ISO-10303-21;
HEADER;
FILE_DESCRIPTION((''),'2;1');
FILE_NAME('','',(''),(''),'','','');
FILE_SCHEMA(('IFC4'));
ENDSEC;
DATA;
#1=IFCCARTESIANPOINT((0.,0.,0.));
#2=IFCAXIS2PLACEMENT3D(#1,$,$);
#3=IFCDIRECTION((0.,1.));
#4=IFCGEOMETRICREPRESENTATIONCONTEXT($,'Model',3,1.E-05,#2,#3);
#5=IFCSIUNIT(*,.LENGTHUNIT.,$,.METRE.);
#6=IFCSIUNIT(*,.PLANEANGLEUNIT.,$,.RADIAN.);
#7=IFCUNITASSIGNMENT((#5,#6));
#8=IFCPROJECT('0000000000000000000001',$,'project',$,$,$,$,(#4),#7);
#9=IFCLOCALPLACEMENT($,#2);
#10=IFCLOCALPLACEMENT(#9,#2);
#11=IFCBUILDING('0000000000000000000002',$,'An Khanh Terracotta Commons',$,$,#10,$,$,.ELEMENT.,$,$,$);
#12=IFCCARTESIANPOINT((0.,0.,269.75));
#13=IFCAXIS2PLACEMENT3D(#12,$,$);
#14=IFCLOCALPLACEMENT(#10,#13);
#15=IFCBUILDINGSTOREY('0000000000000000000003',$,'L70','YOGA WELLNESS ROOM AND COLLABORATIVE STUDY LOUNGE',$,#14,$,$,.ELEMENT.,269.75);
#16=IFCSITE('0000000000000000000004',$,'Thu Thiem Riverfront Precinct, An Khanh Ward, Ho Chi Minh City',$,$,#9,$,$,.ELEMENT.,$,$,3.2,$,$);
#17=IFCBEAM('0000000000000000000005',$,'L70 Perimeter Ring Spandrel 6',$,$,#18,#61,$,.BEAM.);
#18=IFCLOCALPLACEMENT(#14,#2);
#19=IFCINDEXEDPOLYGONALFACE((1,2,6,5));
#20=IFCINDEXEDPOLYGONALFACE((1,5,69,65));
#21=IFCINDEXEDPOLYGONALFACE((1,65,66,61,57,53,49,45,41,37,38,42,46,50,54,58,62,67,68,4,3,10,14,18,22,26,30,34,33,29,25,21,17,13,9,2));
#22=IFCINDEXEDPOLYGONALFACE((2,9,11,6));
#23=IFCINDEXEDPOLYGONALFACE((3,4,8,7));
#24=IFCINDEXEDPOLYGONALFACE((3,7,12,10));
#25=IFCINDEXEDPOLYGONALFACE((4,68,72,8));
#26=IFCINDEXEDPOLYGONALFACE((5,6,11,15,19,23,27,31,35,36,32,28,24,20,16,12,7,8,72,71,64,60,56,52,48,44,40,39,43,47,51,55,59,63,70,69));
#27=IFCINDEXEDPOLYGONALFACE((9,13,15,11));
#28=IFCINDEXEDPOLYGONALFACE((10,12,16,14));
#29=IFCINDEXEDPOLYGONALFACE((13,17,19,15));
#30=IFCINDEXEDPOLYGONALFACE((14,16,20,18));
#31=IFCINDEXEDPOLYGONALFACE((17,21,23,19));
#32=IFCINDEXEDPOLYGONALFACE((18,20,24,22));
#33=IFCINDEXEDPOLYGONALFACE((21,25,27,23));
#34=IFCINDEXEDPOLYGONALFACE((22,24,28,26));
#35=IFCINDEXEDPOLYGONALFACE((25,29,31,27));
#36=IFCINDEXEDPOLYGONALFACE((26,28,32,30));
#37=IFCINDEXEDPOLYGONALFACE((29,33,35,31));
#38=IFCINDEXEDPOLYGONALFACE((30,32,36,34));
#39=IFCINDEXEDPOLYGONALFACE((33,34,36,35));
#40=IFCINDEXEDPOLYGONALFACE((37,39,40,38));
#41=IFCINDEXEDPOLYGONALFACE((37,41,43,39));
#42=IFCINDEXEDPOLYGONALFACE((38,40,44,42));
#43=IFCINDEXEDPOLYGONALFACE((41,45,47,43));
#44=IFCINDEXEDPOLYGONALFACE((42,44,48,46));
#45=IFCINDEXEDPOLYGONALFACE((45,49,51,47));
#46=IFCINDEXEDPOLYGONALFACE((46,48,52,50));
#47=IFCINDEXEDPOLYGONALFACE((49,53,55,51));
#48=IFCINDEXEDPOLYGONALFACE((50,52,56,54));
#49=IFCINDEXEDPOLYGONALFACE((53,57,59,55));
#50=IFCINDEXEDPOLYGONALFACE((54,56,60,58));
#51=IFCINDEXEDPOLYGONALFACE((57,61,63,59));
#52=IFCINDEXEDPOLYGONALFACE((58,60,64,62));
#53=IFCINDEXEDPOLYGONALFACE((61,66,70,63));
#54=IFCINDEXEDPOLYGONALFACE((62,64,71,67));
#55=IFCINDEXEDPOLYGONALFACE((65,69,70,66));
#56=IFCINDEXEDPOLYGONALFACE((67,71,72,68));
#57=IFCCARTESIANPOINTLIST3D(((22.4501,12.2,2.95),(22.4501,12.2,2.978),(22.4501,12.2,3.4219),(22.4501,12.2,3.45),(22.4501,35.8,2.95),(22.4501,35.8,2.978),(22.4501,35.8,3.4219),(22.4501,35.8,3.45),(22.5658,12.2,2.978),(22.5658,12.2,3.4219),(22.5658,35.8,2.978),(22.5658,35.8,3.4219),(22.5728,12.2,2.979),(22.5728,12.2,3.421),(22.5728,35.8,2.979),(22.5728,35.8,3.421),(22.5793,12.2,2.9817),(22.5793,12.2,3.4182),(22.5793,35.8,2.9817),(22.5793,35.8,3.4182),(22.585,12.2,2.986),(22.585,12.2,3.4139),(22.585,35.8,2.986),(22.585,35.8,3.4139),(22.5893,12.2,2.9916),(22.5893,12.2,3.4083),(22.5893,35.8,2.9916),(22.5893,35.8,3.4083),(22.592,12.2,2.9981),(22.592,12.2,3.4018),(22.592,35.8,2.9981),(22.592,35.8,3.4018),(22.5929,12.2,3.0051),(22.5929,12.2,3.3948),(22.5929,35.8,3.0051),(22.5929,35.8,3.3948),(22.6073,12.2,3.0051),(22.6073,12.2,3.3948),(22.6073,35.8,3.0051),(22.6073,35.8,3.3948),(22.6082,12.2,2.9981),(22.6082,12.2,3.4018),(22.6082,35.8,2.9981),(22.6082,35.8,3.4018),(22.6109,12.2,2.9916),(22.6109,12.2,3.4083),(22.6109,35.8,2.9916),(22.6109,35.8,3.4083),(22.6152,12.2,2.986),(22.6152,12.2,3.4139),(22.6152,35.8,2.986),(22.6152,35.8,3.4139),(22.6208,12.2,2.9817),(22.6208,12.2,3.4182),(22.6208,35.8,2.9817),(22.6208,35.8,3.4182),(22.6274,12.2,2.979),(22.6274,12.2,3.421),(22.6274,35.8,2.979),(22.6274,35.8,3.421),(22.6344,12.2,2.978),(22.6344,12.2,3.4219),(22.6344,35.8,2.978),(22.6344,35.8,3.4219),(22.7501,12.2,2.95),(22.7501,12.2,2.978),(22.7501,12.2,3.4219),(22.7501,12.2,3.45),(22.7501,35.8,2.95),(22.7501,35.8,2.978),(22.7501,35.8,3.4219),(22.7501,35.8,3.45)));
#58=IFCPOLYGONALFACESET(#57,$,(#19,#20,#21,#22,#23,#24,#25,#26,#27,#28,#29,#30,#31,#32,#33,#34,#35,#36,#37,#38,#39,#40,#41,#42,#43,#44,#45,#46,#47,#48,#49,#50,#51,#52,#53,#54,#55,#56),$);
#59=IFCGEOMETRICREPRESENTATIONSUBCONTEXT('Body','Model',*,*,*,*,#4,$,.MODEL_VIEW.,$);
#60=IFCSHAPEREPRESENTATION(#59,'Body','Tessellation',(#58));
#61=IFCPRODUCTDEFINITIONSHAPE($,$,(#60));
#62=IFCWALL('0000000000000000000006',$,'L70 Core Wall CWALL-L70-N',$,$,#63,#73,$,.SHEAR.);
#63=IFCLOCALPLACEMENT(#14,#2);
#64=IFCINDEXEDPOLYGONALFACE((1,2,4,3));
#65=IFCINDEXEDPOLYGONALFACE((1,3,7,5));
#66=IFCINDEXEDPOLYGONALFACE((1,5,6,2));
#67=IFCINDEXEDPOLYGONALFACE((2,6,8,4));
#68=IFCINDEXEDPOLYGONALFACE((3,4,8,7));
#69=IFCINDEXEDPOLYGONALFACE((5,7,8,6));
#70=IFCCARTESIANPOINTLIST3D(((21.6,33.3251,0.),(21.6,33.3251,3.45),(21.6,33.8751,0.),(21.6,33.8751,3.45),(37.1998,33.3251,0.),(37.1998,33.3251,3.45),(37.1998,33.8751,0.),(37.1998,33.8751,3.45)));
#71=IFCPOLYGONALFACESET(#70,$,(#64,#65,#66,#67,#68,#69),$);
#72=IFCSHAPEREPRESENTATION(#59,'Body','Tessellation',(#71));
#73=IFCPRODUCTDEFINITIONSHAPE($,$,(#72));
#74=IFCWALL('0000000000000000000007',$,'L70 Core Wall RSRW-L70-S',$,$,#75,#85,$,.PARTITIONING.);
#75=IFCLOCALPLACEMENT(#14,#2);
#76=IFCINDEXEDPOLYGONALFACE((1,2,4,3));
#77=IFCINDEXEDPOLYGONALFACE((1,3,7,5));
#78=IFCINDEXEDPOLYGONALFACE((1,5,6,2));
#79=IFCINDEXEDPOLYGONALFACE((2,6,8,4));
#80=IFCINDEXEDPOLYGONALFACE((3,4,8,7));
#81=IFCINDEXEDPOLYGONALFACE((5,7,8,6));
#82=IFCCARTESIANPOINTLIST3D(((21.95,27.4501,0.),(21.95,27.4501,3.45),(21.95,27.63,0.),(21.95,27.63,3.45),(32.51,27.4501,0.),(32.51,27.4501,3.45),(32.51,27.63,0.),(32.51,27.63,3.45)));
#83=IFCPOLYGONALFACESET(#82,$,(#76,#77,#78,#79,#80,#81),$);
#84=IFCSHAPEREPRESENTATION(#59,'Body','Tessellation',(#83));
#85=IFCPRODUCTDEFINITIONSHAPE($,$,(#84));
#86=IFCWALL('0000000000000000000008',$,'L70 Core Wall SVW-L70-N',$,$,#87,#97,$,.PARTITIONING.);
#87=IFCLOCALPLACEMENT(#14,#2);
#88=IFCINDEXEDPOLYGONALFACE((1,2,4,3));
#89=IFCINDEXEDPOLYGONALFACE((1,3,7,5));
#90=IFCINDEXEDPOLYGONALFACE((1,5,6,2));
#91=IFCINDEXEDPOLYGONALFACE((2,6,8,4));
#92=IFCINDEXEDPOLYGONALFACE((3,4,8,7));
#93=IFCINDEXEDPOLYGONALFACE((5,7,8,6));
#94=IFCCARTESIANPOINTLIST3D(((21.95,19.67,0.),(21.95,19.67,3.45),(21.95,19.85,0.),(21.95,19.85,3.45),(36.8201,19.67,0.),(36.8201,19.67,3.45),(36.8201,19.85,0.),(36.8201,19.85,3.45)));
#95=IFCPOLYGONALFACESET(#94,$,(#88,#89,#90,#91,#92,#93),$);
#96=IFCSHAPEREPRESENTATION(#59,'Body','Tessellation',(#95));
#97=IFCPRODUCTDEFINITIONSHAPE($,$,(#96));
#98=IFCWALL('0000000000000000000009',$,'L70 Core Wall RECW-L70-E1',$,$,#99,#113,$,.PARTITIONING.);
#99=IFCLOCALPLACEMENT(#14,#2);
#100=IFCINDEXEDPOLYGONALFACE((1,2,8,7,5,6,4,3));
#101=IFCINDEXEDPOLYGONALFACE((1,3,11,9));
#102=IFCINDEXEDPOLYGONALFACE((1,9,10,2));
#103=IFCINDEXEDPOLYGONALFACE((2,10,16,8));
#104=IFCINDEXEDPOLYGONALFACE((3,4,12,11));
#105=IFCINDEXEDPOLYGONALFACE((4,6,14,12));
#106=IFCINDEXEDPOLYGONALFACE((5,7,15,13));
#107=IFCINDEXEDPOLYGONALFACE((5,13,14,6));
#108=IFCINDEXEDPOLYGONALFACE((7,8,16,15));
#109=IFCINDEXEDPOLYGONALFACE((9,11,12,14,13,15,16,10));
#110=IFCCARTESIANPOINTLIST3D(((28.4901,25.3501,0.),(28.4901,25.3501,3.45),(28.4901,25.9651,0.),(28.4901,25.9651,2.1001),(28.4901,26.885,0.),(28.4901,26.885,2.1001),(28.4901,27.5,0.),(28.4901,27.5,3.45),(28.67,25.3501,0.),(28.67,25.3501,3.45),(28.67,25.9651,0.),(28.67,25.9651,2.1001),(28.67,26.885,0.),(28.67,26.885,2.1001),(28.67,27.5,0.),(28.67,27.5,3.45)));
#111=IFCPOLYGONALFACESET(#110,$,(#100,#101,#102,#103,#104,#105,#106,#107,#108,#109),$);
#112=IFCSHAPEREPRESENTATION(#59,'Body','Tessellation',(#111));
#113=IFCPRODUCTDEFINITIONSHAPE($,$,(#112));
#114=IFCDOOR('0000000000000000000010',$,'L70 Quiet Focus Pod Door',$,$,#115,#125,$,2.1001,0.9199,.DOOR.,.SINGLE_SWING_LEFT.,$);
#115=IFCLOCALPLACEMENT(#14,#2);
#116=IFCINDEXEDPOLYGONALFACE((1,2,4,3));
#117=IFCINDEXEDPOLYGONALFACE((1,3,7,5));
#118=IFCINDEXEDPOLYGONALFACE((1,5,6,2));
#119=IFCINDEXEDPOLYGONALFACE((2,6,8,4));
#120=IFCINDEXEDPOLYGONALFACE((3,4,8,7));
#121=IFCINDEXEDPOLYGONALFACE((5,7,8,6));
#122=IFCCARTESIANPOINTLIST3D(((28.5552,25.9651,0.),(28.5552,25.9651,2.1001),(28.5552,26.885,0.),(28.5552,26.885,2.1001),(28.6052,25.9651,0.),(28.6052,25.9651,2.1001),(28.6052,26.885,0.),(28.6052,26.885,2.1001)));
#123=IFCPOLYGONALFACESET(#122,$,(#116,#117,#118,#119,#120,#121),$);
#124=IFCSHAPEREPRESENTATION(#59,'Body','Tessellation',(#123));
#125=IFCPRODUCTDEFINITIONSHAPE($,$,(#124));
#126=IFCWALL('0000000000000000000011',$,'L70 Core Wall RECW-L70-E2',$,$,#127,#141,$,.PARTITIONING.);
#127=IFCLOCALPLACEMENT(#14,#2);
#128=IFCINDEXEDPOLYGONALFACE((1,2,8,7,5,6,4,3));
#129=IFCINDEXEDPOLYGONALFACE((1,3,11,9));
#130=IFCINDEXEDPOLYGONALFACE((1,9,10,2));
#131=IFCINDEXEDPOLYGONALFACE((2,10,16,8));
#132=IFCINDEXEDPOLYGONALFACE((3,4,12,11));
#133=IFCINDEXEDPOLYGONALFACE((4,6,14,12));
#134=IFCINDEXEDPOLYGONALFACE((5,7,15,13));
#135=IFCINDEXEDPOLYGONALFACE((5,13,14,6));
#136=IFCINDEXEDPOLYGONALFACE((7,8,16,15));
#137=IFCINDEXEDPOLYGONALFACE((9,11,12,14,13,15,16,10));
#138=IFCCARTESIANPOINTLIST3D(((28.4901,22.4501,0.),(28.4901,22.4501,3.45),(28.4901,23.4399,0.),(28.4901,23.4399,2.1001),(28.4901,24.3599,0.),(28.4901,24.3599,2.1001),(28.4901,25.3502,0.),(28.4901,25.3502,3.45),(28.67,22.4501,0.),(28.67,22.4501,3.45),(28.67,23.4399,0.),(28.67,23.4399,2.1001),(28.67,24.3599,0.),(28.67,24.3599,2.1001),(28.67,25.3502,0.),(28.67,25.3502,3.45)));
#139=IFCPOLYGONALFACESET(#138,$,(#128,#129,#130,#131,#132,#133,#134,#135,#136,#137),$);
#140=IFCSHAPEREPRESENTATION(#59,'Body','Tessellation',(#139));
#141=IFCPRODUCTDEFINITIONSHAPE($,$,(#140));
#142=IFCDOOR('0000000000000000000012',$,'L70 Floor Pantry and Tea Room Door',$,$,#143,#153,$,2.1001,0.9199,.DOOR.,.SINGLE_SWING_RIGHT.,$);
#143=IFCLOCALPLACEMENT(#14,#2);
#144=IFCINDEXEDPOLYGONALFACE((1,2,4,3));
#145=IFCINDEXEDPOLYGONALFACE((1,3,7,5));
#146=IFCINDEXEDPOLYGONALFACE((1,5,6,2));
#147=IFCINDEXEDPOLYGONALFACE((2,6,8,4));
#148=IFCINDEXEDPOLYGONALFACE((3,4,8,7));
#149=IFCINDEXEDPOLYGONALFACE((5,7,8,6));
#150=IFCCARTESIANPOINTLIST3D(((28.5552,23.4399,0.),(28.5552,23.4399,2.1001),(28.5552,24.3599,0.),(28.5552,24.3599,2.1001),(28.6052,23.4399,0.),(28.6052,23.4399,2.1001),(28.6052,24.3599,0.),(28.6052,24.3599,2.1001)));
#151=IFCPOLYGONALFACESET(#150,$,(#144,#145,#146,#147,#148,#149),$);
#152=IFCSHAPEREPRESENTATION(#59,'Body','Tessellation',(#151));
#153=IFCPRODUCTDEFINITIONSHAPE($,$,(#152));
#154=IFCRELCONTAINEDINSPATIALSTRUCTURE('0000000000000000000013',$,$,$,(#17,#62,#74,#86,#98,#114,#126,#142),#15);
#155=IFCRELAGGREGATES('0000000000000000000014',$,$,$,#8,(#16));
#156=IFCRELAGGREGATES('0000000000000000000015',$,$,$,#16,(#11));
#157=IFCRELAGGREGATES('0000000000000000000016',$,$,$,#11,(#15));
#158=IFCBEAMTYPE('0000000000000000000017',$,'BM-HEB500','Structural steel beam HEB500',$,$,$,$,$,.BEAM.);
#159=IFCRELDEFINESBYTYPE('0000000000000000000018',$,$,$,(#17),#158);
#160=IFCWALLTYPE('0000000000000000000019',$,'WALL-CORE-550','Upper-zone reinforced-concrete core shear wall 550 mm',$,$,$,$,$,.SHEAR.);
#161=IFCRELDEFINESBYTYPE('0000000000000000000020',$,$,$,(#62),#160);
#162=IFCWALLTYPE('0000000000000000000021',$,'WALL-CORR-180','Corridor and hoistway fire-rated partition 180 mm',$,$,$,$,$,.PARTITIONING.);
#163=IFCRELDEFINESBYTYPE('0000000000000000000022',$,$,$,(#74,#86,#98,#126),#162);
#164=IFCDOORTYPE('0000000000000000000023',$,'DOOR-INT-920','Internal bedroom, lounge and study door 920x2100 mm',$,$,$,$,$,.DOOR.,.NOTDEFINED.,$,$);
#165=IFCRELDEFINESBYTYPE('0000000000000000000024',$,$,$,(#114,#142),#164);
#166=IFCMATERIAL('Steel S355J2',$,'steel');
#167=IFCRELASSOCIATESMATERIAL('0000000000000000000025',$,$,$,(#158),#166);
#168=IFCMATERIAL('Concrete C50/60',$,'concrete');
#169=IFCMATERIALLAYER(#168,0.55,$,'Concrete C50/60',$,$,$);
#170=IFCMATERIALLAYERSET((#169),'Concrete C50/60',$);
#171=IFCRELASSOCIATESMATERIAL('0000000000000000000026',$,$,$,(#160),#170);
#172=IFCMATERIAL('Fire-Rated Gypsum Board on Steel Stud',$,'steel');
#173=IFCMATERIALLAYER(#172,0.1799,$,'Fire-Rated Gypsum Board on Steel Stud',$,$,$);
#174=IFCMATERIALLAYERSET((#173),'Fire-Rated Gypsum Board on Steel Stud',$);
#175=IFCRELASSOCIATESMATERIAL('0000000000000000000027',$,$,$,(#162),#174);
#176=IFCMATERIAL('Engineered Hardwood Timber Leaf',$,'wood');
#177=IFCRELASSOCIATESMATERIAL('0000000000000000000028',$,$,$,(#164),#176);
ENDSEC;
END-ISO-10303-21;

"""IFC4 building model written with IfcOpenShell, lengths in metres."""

from ifc_helpers import new_model, si_unit, direction, frame, frame_2d, origin, origin_2d, place, context, subcontext, project, spatial, rectangle, i_section, extrude, material, layer, layer_set, material_profile, profile_set, type_object, element, fill, save


model = new_model("IFC4")

# Units and contexts
model_context = context("Model", 3, precision=1e-05, world=origin(), true_north=direction((0.0, 1.0)))
body_context = subcontext(model_context, "Body", "Model", "MODEL_VIEW")
ifc_project = project(units=[si_unit("LENGTHUNIT", "METRE"), si_unit("PLANEANGLEUNIT", "RADIAN")], contexts=[model_context])

# Site, building, storey
site_placement = place(None, origin())
site = spatial("IfcSite", under=ifc_project, at=site_placement, Name="Thu Thiem Riverfront Precinct, An Khanh Ward, Ho Chi Minh City", CompositionType="ELEMENT", RefElevation=3.2)
building_placement = place(site_placement, origin())
building = spatial("IfcBuilding", under=site, at=building_placement, Name="An Khanh Terracotta Commons", CompositionType="ELEMENT")
storey_placement = place(building_placement, frame((0.0, 0.0, 269.75)))
storey = spatial("IfcBuildingStorey", under=building, at=storey_placement, Name="L70", Description="YOGA WELLNESS ROOM AND COLLABORATIVE STUDY LOUNGE", CompositionType="ELEMENT", Elevation=269.75)

# Shared definitions
ifc_material_1 = material(Name="Concrete C50/60", Category="concrete")

# Beam
ifc_material_2 = material(Name="Steel S355J2", Category="steel")
ifc_material_profile_1 = material_profile(ifc_material_2, i_section(OverallWidth=0.3, OverallDepth=0.5, WebThickness=0.0144, FlangeThickness=0.0281, FilletRadius=0.0271, at=origin_2d()), Name="HEB500")
ifc_profile_set_1 = profile_set([ifc_material_profile_1], Name="Steel S355J2")
beam_type_1 = type_object("IfcBeamType", Name="BM-HEB500", Description="Structural steel beam HEB500", PredefinedType="BEAM", material=ifc_profile_set_1)
beam_1_placement = place(storey_placement, frame((22.6001, 35.8, 3.2), z_axis=(0.0, -1.0, 0.0), x_axis=(1.0, 0.0, 0.0)))
element("IfcBeam", 1, at=beam_1_placement, inside=storey, type_object=beam_type_1, Name="L70 Perimeter Ring Spandrel 6", PredefinedType="BEAM", context=body_context, shape_type="SweptSolid", body=[
    extrude(i_section(OverallWidth=0.3, OverallDepth=0.5, WebThickness=0.0144, FlangeThickness=0.0281, FilletRadius=0.0271, at=origin_2d()), origin(), (0.0, 0.0, 1.0), 23.6001),
])

# Walls
ifc_layer_1 = layer(ifc_material_1, 0.55, Name="Concrete C50/60")
ifc_layer_set_1 = layer_set([ifc_layer_1], Name="Concrete C50/60")
wall_type_1 = type_object("IfcWallType", Name="WALL-CORE-550", Description="Upper-zone reinforced-concrete core shear wall 550 mm", PredefinedType="SHEAR", material=ifc_layer_set_1)
wall_1_placement = place(storey_placement, frame((21.6001, 33.6001, 0.0), z_axis=(0.0, 0.0, 1.0), x_axis=(1.0, 0.0, 0.0)))
element("IfcWall", 2, at=wall_1_placement, inside=storey, type_object=wall_type_1, Name="L70 Core Wall CWALL-L70-N", PredefinedType="SHEAR", context=body_context, shape_type="SweptSolid", body=[
    extrude(rectangle(XDim=15.5999, YDim=0.55, at=frame_2d((7.7998, 0.0))), origin(), (0.0, 0.0, 1.0), 3.45),
])
ifc_material_3 = material(Name="Fire-Rated Gypsum Board on Steel Stud", Category="steel")
ifc_layer_2 = layer(ifc_material_3, 0.1799, Name="Fire-Rated Gypsum Board on Steel Stud")
ifc_layer_set_2 = layer_set([ifc_layer_2], Name="Fire-Rated Gypsum Board on Steel Stud")
wall_type_2 = type_object("IfcWallType", Name="WALL-CORR-180", Description="Corridor and hoistway fire-rated partition 180 mm", PredefinedType="PARTITIONING", material=ifc_layer_set_2)
wall_2_placement = place(storey_placement, frame((21.95, 27.54, 0.0), z_axis=(0.0, 0.0, 1.0), x_axis=(1.0, 0.0, 0.0)))
element("IfcWall", 3, at=wall_2_placement, inside=storey, type_object=wall_type_2, Name="L70 Core Wall RSRW-L70-S", PredefinedType="PARTITIONING", context=body_context, shape_type="SweptSolid", body=[
    extrude(rectangle(XDim=10.5601, YDim=0.1799, at=frame_2d((5.28, 0.0))), origin(), (0.0, 0.0, 1.0), 3.45),
])
wall_3_placement = place(storey_placement, frame((21.95, 19.76, 0.0), z_axis=(0.0, 0.0, 1.0), x_axis=(1.0, 0.0, 0.0)))
element("IfcWall", 4, at=wall_3_placement, inside=storey, type_object=wall_type_2, Name="L70 Core Wall SVW-L70-N", PredefinedType="PARTITIONING", context=body_context, shape_type="SweptSolid", body=[
    extrude(rectangle(XDim=14.8701, YDim=0.1799, at=frame_2d((7.4351, 0.0))), origin(), (0.0, 0.0, 1.0), 3.45),
])

# Walls, openings, doors
wall_4_placement = place(storey_placement, frame((28.5801, 25.3501, 0.0), z_axis=(0.0, 0.0, 1.0), x_axis=(0.0, 1.0, 0.0)))
wall_4 = element("IfcWall", 5, at=wall_4_placement, inside=storey, type_object=wall_type_2, Name="L70 Core Wall RECW-L70-E1", PredefinedType="PARTITIONING", context=body_context, shape_type="SweptSolid", body=[
    extrude(rectangle(XDim=2.1499, YDim=0.1799, at=frame_2d((1.075, 0.0))), origin(), (0.0, 0.0, 1.0), 3.45),
])
opening_1_placement = place(wall_4_placement, frame((0.615, 0.0, 0.0)))
opening_1 = element("IfcOpeningElement", 6, at=opening_1_placement, cuts=wall_4, PredefinedType="OPENING", context=body_context, shape_type="SweptSolid", body=[
    extrude(rectangle(XDim=0.9199, YDim=2.1001, at=frame_2d((0.46, 1.05))), frame((0.0, 0.0999, 0.0), z_axis=(0.0, -1.0, 0.0), x_axis=(1.0, 0.0, 0.0)), (0.0, 0.0, 1.0), 0.2),
])
ifc_material_4 = material(Name="Engineered Hardwood Timber Leaf", Category="wood")
door_type = type_object("IfcDoorType", Name="DOOR-INT-920", Description="Internal bedroom, lounge and study door 920x2100 mm", OperationType="NOTDEFINED", PredefinedType="DOOR", material=ifc_material_4)
door_1_placement = place(opening_1_placement, origin())
door_1 = element("IfcDoor", 7, at=door_1_placement, inside=storey, type_object=door_type, Name="L70 Quiet Focus Pod Door", OperationType="SINGLE_SWING_LEFT", OverallHeight=2.1001, OverallWidth=0.9199, PredefinedType="DOOR", context=body_context, shape_type="SweptSolid", body=[
    extrude(rectangle(XDim=0.9199, YDim=2.1001, at=frame_2d((0.46, 1.05))), frame((0.0, 0.0249, 0.0), z_axis=(0.0, -1.0, 0.0), x_axis=(1.0, 0.0, 0.0)), (0.0, 0.0, 1.0), 0.05),
])
fill(opening_1, door_1)
wall_5_placement = place(storey_placement, frame((28.5801, 22.45, 0.0), z_axis=(0.0, 0.0, 1.0), x_axis=(0.0, 1.0, 0.0)))
wall_5 = element("IfcWall", 8, at=wall_5_placement, inside=storey, type_object=wall_type_2, Name="L70 Core Wall RECW-L70-E2", PredefinedType="PARTITIONING", context=body_context, shape_type="SweptSolid", body=[
    extrude(rectangle(XDim=2.9001, YDim=0.1799, at=frame_2d((1.4502, 0.0))), origin(), (0.0, 0.0, 1.0), 3.45),
])
opening_2_placement = place(wall_5_placement, frame((0.99, 0.0, 0.0)))
opening_2 = element("IfcOpeningElement", 9, at=opening_2_placement, cuts=wall_5, PredefinedType="OPENING", context=body_context, shape_type="SweptSolid", body=[
    extrude(rectangle(XDim=0.9199, YDim=2.1001, at=frame_2d((0.46, 1.05))), frame((0.0, 0.0999, 0.0), z_axis=(0.0, -1.0, 0.0), x_axis=(1.0, 0.0, 0.0)), (0.0, 0.0, 1.0), 0.2),
])
door_2_placement = place(opening_2_placement, origin())
door_2 = element("IfcDoor", 10, at=door_2_placement, inside=storey, type_object=door_type, Name="L70 Floor Pantry and Tea Room Door", OperationType="SINGLE_SWING_RIGHT", OverallHeight=2.1001, OverallWidth=0.9199, PredefinedType="DOOR", context=body_context, shape_type="SweptSolid", body=[
    extrude(rectangle(XDim=0.9199, YDim=2.1001, at=frame_2d((0.46, 1.05))), frame((0.0, 0.0249, 0.0), z_axis=(0.0, -1.0, 0.0), x_axis=(1.0, 0.0, 0.0)), (0.0, 0.0, 1.0), 0.05),
])
fill(opening_2, door_2)

save(model, "model.ifc")
